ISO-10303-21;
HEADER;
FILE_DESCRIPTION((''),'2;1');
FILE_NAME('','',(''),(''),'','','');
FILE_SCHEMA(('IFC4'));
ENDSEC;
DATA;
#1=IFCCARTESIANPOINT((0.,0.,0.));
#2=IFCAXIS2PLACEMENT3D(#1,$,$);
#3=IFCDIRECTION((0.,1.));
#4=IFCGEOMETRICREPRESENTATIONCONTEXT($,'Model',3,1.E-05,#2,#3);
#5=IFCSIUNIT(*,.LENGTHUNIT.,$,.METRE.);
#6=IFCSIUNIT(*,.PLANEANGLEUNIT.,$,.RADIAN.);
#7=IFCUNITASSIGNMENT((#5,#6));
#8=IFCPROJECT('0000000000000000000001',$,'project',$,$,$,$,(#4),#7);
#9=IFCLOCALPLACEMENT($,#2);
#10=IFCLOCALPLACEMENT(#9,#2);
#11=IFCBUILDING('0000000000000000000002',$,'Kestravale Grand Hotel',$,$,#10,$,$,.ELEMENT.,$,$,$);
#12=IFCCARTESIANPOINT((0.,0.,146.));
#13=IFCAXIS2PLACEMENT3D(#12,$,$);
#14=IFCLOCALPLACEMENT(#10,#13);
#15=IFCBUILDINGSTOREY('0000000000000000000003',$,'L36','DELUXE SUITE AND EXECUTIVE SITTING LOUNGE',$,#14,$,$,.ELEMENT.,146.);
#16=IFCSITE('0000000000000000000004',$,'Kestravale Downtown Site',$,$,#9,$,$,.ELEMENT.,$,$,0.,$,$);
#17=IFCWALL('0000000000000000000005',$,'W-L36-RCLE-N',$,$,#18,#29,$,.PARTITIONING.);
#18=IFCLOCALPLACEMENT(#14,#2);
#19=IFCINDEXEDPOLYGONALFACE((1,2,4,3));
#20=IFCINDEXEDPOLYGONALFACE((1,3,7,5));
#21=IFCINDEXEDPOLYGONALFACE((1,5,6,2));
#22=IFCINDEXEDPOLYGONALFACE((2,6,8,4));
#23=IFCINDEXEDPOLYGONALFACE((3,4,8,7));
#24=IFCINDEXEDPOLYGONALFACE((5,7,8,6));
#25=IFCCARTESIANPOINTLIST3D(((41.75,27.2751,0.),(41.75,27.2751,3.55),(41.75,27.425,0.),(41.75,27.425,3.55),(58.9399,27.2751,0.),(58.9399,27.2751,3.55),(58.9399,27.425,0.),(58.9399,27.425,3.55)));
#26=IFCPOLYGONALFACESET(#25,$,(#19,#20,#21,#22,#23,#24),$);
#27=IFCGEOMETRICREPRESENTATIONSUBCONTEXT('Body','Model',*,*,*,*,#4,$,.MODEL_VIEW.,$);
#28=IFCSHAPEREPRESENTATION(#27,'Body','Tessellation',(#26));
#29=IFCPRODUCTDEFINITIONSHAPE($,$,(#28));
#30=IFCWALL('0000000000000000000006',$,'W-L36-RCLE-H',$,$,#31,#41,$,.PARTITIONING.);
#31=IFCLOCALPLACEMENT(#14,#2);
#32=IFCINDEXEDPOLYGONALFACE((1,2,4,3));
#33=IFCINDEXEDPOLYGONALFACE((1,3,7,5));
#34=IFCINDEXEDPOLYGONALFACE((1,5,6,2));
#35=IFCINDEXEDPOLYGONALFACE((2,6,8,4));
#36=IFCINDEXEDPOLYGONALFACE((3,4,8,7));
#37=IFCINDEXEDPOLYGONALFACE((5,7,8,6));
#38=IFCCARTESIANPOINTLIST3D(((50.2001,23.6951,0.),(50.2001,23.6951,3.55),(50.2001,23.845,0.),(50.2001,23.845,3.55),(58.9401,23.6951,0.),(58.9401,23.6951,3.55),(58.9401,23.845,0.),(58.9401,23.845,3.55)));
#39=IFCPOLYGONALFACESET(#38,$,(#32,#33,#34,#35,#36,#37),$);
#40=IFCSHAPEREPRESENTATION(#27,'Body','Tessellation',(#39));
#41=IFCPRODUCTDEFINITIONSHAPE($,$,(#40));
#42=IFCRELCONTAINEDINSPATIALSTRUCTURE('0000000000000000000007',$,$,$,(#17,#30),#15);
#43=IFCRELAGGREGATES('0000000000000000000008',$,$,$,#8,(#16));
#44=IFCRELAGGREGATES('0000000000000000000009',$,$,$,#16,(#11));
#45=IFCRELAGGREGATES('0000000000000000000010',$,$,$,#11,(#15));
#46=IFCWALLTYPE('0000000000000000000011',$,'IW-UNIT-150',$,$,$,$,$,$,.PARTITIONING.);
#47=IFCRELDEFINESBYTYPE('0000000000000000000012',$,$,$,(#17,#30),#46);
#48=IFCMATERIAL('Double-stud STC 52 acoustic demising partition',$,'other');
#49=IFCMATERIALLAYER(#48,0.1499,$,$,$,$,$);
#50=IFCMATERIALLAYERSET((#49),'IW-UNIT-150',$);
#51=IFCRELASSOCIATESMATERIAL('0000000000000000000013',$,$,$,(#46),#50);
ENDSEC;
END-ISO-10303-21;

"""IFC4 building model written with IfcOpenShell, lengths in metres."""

from ifc_helpers import new_model, si_unit, direction, frame, frame_2d, origin, place, context, subcontext, project, spatial, rectangle, extrude, material, layer, layer_set, type_object, element, save


model = new_model("IFC4")

# Units and contexts
model_context = context("Model", 3, precision=1e-05, world=origin(), true_north=direction((0.0, 1.0)))
body_context = subcontext(model_context, "Body", "Model", "MODEL_VIEW")
ifc_project = project(units=[si_unit("LENGTHUNIT", "METRE"), si_unit("PLANEANGLEUNIT", "RADIAN")], contexts=[model_context])

# Site, building, storey
site_placement = place(None, origin())
site = spatial("IfcSite", under=ifc_project, at=site_placement, Name="Kestravale Downtown Site", CompositionType="ELEMENT", RefElevation=0.0)
building_placement = place(site_placement, origin())
building = spatial("IfcBuilding", under=site, at=building_placement, Name="Kestravale Grand Hotel", CompositionType="ELEMENT")
storey_placement = place(building_placement, frame((0.0, 0.0, 146.0)))
storey = spatial("IfcBuildingStorey", under=building, at=storey_placement, Name="L36", Description="DELUXE SUITE AND EXECUTIVE SITTING LOUNGE", CompositionType="ELEMENT", Elevation=146.0)

# Walls
ifc_material_1 = material(Name="Double-stud STC 52 acoustic demising partition", Category="other")
ifc_layer_1 = layer(ifc_material_1, 0.1499)
ifc_layer_set_1 = layer_set([ifc_layer_1], Name="IW-UNIT-150")
wall_type_1 = type_object("IfcWallType", Name="IW-UNIT-150", PredefinedType="PARTITIONING", material=ifc_layer_set_1)
wall_1_placement = place(storey_placement, frame((41.75, 27.3501, 0.0), z_axis=(0.0, 0.0, 1.0), x_axis=(1.0, 0.0, 0.0)))
element("IfcWall", 1, at=wall_1_placement, inside=storey, type_object=wall_type_1, Name="W-L36-RCLE-N", PredefinedType="PARTITIONING", context=body_context, shape_type="SweptSolid", body=[
    extrude(rectangle(XDim=17.1899, YDim=0.1499, at=frame_2d((8.595, 0.0))), origin(), (0.0, 0.0, 1.0), 3.55),
])
wall_2_placement = place(storey_placement, frame((50.2, 23.77, 0.0), z_axis=(0.0, 0.0, 1.0), x_axis=(1.0, 0.0, 0.0)))
element("IfcWall", 2, at=wall_2_placement, inside=storey, type_object=wall_type_1, Name="W-L36-RCLE-H", PredefinedType="PARTITIONING", context=body_context, shape_type="SweptSolid", body=[
    extrude(rectangle(XDim=8.74, YDim=0.1499, at=frame_2d((4.3701, 0.0))), origin(), (0.0, 0.0, 1.0), 3.55),
])

save(model, "model.ifc")
